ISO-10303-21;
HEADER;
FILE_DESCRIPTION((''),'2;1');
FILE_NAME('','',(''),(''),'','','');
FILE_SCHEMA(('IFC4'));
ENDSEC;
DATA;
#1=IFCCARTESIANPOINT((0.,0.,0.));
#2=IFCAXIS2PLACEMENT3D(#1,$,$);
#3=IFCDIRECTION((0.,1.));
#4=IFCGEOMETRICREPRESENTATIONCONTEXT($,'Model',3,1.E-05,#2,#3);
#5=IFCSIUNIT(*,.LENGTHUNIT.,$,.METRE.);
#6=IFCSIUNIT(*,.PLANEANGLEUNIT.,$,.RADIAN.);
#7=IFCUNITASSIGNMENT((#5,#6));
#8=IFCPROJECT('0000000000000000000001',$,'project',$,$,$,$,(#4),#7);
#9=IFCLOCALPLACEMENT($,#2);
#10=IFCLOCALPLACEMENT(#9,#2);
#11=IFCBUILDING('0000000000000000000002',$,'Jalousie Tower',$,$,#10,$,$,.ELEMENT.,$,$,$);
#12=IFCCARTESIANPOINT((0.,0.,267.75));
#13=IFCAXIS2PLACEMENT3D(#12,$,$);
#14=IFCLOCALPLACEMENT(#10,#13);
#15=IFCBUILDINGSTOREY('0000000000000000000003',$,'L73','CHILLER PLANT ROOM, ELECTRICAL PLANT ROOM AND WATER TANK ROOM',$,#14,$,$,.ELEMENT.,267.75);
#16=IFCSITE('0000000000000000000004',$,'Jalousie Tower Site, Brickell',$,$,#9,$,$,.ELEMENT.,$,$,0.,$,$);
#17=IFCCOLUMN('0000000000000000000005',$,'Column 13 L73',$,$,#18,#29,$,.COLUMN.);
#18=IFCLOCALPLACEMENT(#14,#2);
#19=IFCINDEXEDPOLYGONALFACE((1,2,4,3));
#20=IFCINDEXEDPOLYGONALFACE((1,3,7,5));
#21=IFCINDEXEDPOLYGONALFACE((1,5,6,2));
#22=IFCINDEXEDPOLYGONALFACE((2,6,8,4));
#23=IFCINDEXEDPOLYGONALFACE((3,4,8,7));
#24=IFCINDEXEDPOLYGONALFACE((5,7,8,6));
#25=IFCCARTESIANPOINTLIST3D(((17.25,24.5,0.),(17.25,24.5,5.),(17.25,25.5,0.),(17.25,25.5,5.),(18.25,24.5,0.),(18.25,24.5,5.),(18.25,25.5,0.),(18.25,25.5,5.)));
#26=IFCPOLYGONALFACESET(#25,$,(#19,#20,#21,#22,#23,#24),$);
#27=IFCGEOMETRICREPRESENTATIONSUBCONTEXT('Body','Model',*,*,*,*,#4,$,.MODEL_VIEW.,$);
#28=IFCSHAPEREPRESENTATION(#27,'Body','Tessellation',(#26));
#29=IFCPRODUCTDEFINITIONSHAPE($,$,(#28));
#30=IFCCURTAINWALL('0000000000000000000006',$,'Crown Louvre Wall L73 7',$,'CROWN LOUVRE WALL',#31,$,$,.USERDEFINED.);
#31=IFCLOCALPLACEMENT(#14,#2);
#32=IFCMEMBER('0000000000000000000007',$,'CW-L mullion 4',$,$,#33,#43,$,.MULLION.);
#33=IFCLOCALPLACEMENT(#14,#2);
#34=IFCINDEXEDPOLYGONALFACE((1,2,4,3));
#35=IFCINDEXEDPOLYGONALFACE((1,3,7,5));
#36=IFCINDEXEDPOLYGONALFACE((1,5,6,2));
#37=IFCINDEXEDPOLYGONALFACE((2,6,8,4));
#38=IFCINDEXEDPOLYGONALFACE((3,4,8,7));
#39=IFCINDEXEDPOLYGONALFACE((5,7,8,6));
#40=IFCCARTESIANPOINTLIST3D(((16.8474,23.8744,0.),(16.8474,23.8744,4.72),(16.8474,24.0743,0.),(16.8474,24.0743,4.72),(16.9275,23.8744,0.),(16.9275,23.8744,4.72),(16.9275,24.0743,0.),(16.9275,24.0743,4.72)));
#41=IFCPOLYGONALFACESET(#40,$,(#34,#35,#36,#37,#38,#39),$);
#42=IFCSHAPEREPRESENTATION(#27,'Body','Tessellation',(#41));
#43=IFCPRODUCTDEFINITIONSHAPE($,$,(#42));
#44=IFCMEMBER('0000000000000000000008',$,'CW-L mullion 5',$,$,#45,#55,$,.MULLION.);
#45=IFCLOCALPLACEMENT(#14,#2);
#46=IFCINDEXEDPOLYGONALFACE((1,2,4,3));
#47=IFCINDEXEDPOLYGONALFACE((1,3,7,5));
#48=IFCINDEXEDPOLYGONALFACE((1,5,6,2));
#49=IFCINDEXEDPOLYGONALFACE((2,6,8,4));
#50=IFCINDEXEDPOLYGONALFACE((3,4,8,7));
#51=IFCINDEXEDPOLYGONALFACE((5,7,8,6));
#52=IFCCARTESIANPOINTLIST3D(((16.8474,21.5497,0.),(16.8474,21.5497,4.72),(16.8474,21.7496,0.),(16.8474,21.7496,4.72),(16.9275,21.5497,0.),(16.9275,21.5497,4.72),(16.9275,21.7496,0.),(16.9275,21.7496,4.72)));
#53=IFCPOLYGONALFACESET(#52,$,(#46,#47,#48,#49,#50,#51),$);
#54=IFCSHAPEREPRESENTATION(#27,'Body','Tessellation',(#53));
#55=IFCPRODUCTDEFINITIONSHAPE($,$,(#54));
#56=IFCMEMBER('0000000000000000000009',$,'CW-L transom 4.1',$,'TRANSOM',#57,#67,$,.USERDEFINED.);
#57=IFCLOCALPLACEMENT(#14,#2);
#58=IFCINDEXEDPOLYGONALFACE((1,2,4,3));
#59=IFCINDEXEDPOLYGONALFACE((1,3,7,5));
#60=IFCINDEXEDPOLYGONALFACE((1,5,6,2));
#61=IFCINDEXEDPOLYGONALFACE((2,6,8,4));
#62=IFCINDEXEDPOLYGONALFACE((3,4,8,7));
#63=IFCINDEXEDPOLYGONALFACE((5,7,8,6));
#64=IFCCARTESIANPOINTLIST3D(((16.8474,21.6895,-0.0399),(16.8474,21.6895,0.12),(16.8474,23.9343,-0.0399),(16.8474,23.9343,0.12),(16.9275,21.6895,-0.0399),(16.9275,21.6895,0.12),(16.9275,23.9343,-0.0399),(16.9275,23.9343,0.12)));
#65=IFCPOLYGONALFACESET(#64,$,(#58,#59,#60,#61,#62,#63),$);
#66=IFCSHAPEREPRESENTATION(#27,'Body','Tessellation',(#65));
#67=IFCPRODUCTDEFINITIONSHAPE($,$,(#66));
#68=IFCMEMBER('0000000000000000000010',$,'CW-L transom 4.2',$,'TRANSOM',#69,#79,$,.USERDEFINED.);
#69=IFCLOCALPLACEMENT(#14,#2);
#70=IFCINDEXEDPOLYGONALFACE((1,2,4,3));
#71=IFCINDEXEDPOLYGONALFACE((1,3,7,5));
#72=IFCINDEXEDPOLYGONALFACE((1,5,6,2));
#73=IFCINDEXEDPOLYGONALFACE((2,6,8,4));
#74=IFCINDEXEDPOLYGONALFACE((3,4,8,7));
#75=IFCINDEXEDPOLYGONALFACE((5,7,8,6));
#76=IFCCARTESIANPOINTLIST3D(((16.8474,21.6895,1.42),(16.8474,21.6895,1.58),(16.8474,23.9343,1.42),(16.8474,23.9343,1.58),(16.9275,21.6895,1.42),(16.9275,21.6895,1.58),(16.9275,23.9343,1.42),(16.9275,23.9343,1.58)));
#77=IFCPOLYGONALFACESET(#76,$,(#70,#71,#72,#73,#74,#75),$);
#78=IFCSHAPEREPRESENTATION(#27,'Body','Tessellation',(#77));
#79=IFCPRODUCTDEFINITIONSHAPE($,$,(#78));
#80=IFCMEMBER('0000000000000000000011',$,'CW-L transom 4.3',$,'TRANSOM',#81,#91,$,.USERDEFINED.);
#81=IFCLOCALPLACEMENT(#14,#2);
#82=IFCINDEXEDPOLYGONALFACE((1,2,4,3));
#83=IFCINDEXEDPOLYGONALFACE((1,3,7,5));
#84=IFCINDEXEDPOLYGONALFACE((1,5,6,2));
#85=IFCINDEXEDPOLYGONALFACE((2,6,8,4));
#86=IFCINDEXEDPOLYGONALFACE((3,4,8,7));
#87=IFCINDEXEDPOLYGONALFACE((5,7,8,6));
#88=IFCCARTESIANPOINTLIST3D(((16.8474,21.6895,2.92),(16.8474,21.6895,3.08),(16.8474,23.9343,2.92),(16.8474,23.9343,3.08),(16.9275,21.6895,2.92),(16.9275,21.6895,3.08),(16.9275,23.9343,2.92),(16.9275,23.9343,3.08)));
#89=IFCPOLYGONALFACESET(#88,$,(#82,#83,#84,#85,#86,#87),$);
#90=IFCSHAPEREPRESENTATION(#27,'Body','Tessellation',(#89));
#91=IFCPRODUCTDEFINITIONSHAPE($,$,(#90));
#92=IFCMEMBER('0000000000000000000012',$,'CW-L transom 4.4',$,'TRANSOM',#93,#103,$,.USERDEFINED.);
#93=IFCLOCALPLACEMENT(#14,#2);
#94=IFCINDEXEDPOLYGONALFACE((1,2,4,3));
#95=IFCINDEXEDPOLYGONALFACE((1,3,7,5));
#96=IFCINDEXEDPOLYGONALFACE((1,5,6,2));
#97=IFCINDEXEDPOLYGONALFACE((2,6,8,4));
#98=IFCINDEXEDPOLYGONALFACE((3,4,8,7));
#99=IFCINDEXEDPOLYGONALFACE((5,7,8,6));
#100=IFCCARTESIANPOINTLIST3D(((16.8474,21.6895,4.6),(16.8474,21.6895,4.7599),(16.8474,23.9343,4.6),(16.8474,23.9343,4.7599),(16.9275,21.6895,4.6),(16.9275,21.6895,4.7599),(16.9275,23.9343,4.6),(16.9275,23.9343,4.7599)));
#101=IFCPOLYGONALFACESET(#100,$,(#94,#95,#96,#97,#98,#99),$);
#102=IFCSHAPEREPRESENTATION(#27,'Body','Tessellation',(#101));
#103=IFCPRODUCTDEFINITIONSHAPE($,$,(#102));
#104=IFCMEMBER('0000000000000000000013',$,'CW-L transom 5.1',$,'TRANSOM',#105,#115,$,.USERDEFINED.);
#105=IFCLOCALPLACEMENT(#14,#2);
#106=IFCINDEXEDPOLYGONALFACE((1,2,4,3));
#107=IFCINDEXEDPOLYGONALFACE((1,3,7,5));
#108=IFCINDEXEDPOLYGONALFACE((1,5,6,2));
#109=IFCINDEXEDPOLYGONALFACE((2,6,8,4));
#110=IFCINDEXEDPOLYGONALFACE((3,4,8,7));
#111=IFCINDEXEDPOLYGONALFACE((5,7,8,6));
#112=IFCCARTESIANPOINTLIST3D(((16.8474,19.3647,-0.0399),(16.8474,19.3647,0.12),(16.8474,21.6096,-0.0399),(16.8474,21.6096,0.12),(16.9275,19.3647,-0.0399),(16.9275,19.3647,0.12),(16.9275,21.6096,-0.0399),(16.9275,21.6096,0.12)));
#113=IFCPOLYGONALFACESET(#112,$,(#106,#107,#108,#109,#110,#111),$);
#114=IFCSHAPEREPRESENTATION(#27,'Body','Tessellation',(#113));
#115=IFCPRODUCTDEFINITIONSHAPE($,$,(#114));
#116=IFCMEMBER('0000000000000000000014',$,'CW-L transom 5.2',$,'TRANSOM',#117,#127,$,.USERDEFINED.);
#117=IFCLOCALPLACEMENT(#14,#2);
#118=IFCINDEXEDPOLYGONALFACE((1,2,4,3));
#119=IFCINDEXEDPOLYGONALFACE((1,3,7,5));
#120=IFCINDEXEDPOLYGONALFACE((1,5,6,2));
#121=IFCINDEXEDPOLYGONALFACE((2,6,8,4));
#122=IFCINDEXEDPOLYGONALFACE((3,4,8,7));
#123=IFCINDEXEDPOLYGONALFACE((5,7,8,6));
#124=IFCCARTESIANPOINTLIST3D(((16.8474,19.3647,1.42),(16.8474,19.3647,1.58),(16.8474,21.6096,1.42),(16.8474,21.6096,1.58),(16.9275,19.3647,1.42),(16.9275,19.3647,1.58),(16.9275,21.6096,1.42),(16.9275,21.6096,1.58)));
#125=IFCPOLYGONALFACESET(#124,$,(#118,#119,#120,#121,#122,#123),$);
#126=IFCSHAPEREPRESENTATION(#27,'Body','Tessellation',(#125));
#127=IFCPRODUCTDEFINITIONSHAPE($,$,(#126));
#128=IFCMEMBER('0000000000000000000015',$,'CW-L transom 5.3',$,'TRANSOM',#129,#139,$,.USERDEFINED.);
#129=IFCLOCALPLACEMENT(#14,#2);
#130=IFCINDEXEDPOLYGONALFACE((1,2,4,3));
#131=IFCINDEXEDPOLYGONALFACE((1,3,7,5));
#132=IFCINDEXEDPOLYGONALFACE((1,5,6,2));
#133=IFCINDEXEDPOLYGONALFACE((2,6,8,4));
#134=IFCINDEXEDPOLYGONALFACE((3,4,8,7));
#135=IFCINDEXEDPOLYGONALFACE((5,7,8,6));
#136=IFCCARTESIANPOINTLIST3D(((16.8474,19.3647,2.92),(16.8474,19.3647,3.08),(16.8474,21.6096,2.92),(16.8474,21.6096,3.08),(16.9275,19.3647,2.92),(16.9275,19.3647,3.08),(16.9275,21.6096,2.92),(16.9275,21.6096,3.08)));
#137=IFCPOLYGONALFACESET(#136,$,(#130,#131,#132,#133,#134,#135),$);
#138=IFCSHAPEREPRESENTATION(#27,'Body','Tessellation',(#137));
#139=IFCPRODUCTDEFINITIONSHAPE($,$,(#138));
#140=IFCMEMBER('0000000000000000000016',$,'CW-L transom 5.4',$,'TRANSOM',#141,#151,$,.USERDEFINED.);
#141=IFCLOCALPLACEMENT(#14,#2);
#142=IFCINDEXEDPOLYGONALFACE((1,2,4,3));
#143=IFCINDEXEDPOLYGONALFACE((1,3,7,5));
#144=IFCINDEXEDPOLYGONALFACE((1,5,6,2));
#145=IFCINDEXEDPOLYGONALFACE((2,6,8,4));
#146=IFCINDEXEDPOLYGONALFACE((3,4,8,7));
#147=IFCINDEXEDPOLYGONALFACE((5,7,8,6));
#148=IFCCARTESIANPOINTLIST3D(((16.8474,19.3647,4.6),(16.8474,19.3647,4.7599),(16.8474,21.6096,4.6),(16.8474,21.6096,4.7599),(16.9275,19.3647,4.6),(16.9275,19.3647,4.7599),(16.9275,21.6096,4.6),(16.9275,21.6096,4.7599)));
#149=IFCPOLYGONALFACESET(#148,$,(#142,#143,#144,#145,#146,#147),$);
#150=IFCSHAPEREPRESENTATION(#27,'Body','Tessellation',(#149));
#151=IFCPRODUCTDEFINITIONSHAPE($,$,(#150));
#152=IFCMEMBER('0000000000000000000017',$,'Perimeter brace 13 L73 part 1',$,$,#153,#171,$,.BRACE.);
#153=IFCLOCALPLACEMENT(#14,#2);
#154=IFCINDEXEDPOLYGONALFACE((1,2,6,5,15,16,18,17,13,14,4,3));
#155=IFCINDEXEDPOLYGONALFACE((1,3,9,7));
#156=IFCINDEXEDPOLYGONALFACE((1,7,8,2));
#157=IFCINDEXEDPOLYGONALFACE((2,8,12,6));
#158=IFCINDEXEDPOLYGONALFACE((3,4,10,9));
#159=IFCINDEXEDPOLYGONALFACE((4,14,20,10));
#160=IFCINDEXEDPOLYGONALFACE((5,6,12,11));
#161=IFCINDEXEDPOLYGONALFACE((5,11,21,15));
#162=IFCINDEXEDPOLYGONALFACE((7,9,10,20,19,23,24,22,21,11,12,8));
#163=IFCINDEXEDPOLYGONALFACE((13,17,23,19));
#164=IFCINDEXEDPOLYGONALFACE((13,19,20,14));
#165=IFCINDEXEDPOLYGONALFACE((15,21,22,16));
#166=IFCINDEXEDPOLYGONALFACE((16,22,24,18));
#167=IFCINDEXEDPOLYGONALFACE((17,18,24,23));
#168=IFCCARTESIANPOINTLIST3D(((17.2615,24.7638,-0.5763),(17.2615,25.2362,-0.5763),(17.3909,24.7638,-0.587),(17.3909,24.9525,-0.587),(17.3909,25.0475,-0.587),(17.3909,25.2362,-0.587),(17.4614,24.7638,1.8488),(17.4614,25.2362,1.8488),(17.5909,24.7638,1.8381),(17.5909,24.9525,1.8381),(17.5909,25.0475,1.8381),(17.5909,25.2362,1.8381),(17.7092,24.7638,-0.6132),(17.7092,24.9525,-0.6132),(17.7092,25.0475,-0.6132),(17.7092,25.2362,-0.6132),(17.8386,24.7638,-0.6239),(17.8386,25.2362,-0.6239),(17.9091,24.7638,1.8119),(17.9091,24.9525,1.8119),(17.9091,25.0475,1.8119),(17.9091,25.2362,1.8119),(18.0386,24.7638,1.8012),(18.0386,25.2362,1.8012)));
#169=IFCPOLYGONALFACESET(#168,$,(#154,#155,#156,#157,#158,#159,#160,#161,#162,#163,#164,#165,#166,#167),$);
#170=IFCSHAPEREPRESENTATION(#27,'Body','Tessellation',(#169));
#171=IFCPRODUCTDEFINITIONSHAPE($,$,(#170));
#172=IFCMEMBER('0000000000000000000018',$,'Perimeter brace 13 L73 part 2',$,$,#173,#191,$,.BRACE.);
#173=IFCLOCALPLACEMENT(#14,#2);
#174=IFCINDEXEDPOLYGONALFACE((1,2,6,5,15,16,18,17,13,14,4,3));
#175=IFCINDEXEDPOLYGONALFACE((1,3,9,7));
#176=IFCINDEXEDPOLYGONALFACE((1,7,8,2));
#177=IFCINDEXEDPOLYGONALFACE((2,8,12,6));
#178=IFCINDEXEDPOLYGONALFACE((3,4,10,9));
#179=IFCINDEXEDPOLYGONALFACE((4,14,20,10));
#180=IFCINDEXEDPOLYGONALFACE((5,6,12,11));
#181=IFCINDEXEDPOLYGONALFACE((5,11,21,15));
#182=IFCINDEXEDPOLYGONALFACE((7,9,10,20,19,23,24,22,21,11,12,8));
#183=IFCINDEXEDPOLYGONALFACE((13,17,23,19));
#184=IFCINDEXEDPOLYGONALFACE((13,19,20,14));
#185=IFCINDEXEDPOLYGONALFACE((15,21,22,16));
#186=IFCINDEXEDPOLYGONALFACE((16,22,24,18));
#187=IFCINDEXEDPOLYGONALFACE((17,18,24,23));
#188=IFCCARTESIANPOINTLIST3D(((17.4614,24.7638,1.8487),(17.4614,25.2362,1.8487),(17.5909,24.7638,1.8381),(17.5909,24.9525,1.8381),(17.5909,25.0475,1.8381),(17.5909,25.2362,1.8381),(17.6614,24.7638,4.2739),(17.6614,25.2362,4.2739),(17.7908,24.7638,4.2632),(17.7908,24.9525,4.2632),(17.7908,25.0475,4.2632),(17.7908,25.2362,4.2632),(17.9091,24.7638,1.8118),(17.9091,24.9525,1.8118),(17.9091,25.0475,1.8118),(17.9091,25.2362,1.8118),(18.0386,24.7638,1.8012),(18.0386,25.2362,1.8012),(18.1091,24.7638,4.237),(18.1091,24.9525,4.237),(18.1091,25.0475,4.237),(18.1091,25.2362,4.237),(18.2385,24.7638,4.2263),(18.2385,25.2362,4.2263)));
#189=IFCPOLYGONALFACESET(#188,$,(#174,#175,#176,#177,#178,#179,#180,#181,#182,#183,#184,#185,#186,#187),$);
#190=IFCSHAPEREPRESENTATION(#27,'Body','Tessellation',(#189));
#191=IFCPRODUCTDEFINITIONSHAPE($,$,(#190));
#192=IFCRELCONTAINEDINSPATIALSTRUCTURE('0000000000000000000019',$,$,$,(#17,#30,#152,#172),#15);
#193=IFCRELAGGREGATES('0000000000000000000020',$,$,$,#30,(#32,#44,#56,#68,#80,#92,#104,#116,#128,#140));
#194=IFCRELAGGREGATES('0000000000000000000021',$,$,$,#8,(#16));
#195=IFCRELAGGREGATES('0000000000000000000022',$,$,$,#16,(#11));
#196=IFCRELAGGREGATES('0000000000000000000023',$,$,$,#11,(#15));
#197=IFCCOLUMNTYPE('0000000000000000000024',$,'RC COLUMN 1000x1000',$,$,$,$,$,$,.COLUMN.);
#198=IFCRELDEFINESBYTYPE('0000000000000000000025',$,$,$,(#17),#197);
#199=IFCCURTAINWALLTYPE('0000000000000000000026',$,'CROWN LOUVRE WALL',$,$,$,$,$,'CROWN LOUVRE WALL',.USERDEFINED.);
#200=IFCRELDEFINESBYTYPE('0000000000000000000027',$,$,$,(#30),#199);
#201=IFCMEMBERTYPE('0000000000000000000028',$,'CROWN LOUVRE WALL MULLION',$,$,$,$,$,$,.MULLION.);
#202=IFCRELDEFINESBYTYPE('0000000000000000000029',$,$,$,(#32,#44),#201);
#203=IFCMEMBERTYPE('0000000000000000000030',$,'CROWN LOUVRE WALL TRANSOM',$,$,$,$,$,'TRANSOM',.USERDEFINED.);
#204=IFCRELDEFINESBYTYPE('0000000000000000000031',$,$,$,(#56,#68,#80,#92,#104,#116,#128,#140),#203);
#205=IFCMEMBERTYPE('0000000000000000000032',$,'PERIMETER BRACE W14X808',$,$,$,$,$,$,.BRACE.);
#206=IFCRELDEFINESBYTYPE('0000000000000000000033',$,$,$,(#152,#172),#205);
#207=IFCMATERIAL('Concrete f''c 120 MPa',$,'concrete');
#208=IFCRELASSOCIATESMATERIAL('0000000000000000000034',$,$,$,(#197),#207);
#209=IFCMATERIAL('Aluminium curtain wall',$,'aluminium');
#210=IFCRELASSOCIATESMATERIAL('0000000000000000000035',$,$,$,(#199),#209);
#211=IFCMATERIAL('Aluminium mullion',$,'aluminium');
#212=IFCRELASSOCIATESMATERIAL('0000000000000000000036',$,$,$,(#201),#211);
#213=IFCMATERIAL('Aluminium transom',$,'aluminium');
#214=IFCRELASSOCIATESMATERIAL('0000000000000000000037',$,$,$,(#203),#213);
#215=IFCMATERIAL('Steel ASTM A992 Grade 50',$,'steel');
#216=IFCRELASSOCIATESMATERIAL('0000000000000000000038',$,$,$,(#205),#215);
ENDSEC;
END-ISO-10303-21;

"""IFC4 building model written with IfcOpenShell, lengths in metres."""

from ifc_helpers import new_model, si_unit, direction, frame, origin, origin_2d, place, context, subcontext, project, spatial, rectangle, i_section, extrude, material, material_profile, profile_set, type_object, element, aggregate, save


model = new_model("IFC4")

# Units and contexts
model_context = context("Model", 3, precision=1e-05, world=origin(), true_north=direction((0.0, 1.0)))
body_context = subcontext(model_context, "Body", "Model", "MODEL_VIEW")
ifc_project = project(units=[si_unit("LENGTHUNIT", "METRE"), si_unit("PLANEANGLEUNIT", "RADIAN")], contexts=[model_context])

# Site, building, storey
site_placement = place(None, origin())
site = spatial("IfcSite", under=ifc_project, at=site_placement, Name="Jalousie Tower Site, Brickell", CompositionType="ELEMENT", RefElevation=0.0)
building_placement = place(site_placement, origin())
building = spatial("IfcBuilding", under=site, at=building_placement, Name="Jalousie Tower", CompositionType="ELEMENT")
storey_placement = place(building_placement, frame((0.0, 0.0, 267.75)))
storey = spatial("IfcBuildingStorey", under=building, at=storey_placement, Name="L73", Description="CHILLER PLANT ROOM, ELECTRICAL PLANT ROOM AND WATER TANK ROOM", CompositionType="ELEMENT", Elevation=267.75)

# Column
ifc_material_1 = material(Name="Concrete f'c 120 MPa", Category="concrete")
ifc_material_profile_1 = material_profile(ifc_material_1, rectangle(XDim=1.0, YDim=1.0, at=origin_2d()), Name="RC 1000x1000")
ifc_profile_set_1 = profile_set([ifc_material_profile_1], Name="Concrete f'c 120 MPa")
column_type = type_object("IfcColumnType", Name="RC COLUMN 1000x1000", PredefinedType="COLUMN", material=ifc_profile_set_1)
column_placement = place(storey_placement, frame((17.75, 25.0, 0.0), z_axis=(0.0, 0.0, 1.0), x_axis=(1.0, 0.0, 0.0)))
element("IfcColumn", 1, at=column_placement, inside=storey, type_object=column_type, Name="Column 13 L73", PredefinedType="COLUMN", context=body_context, shape_type="SweptSolid", body=[
    extrude(rectangle(XDim=1.0, YDim=1.0, at=origin_2d()), origin(), (0.0, 0.0, 1.0), 5.0),
])

# Curtain wall, members
ifc_material_2 = material(Name="Aluminium curtain wall", Category="aluminium")
curtain_wall_type = type_object("IfcCurtainWallType", Name="CROWN LOUVRE WALL", ElementType="CROWN LOUVRE WALL", PredefinedType="USERDEFINED", material=ifc_material_2)
curtain_wall_placement = place(storey_placement, origin())
curtain_wall = element("IfcCurtainWall", 2, at=curtain_wall_placement, inside=storey, type_object=curtain_wall_type, Name="Crown Louvre Wall L73 7", ObjectType="CROWN LOUVRE WALL", PredefinedType="USERDEFINED")
ifc_material_3 = material(Name="Aluminium mullion", Category="aluminium")
ifc_material_profile_2 = material_profile(ifc_material_3, rectangle(XDim=0.0801, YDim=0.2, at=origin_2d()), Name="MULLION 80x200")
ifc_profile_set_2 = profile_set([ifc_material_profile_2], Name="Aluminium mullion")
member_type_1 = type_object("IfcMemberType", Name="CROWN LOUVRE WALL MULLION", PredefinedType="MULLION", material=ifc_profile_set_2)
member_1_placement = place(storey_placement, frame((16.8875, 23.9744, 0.0), z_axis=(0.0, 0.0, 1.0), x_axis=(1.0, 0.0, 0.0)))
member_1 = element("IfcMember", 3, at=member_1_placement, type_object=member_type_1, Name="CW-L mullion 4", PredefinedType="MULLION", context=body_context, shape_type="SweptSolid", body=[
    extrude(rectangle(XDim=0.0801, YDim=0.2, at=origin_2d()), origin(), (0.0, 0.0, 1.0), 4.72),
])
member_2_placement = place(storey_placement, frame((16.8875, 21.6497, 0.0), z_axis=(0.0, 0.0, 1.0), x_axis=(1.0, 0.0, 0.0)))
member_2 = element("IfcMember", 4, at=member_2_placement, type_object=member_type_1, Name="CW-L mullion 5", PredefinedType="MULLION", context=body_context, shape_type="SweptSolid", body=[
    extrude(rectangle(XDim=0.0801, YDim=0.2, at=origin_2d()), origin(), (0.0, 0.0, 1.0), 4.72),
])
ifc_material_4 = material(Name="Aluminium transom", Category="aluminium")
ifc_material_profile_3 = material_profile(ifc_material_4, rectangle(XDim=0.0801, YDim=0.1599, at=origin_2d()), Name="TRANSOM 80x160")
ifc_profile_set_3 = profile_set([ifc_material_profile_3], Name="Aluminium transom")
member_type_2 = type_object("IfcMemberType", Name="CROWN LOUVRE WALL TRANSOM", ElementType="TRANSOM", PredefinedType="USERDEFINED", material=ifc_profile_set_3)
member_3_placement = place(storey_placement, frame((16.8875, 23.9343, 0.04), z_axis=(0.0, -1.0, 0.0), x_axis=(1.0, 0.0, 0.0)))
member_3 = element("IfcMember", 5, at=member_3_placement, type_object=member_type_2, Name="CW-L transom 4.1", ObjectType="TRANSOM", PredefinedType="USERDEFINED", context=body_context, shape_type="SweptSolid", body=[
    extrude(rectangle(XDim=0.0801, YDim=0.1599, at=origin_2d()), origin(), (0.0, 0.0, 1.0), 2.2449),
])
member_4_placement = place(storey_placement, frame((16.8875, 23.9343, 1.5), z_axis=(0.0, -1.0, 0.0), x_axis=(1.0, 0.0, 0.0)))
member_4 = element("IfcMember", 6, at=member_4_placement, type_object=member_type_2, Name="CW-L transom 4.2", ObjectType="TRANSOM", PredefinedType="USERDEFINED", context=body_context, shape_type="SweptSolid", body=[
    extrude(rectangle(XDim=0.0801, YDim=0.1599, at=origin_2d()), origin(), (0.0, 0.0, 1.0), 2.2449),
])
member_5_placement = place(storey_placement, frame((16.8875, 23.9343, 3.0), z_axis=(0.0, -1.0, 0.0), x_axis=(1.0, 0.0, 0.0)))
member_5 = element("IfcMember", 7, at=member_5_placement, type_object=member_type_2, Name="CW-L transom 4.3", ObjectType="TRANSOM", PredefinedType="USERDEFINED", context=body_context, shape_type="SweptSolid", body=[
    extrude(rectangle(XDim=0.0801, YDim=0.1599, at=origin_2d()), origin(), (0.0, 0.0, 1.0), 2.2449),
])
member_6_placement = place(storey_placement, frame((16.8875, 23.9343, 4.6799), z_axis=(0.0, -1.0, 0.0), x_axis=(1.0, 0.0, 0.0)))
member_6 = element("IfcMember", 8, at=member_6_placement, type_object=member_type_2, Name="CW-L transom 4.4", ObjectType="TRANSOM", PredefinedType="USERDEFINED", context=body_context, shape_type="SweptSolid", body=[
    extrude(rectangle(XDim=0.0801, YDim=0.1599, at=origin_2d()), origin(), (0.0, 0.0, 1.0), 2.2449),
])
member_7_placement = place(storey_placement, frame((16.8875, 21.6096, 0.04), z_axis=(0.0, -1.0, 0.0), x_axis=(1.0, 0.0, 0.0)))
member_7 = element("IfcMember", 9, at=member_7_placement, type_object=member_type_2, Name="CW-L transom 5.1", ObjectType="TRANSOM", PredefinedType="USERDEFINED", context=body_context, shape_type="SweptSolid", body=[
    extrude(rectangle(XDim=0.0801, YDim=0.1599, at=origin_2d()), origin(), (0.0, 0.0, 1.0), 2.2449),
])
member_8_placement = place(storey_placement, frame((16.8875, 21.6096, 1.5), z_axis=(0.0, -1.0, 0.0), x_axis=(1.0, 0.0, 0.0)))
member_8 = element("IfcMember", 10, at=member_8_placement, type_object=member_type_2, Name="CW-L transom 5.2", ObjectType="TRANSOM", PredefinedType="USERDEFINED", context=body_context, shape_type="SweptSolid", body=[
    extrude(rectangle(XDim=0.0801, YDim=0.1599, at=origin_2d()), origin(), (0.0, 0.0, 1.0), 2.2449),
])
member_9_placement = place(storey_placement, frame((16.8875, 21.6096, 3.0), z_axis=(0.0, -1.0, 0.0), x_axis=(1.0, 0.0, 0.0)))
member_9 = element("IfcMember", 11, at=member_9_placement, type_object=member_type_2, Name="CW-L transom 5.3", ObjectType="TRANSOM", PredefinedType="USERDEFINED", context=body_context, shape_type="SweptSolid", body=[
    extrude(rectangle(XDim=0.0801, YDim=0.1599, at=origin_2d()), origin(), (0.0, 0.0, 1.0), 2.2449),
])
member_10_placement = place(storey_placement, frame((16.8875, 21.6096, 4.6799), z_axis=(0.0, -1.0, 0.0), x_axis=(1.0, 0.0, 0.0)))
member_10 = element("IfcMember", 12, at=member_10_placement, type_object=member_type_2, Name="CW-L transom 5.4", ObjectType="TRANSOM", PredefinedType="USERDEFINED", context=body_context, shape_type="SweptSolid", body=[
    extrude(rectangle(XDim=0.0801, YDim=0.1599, at=origin_2d()), origin(), (0.0, 0.0, 1.0), 2.2449),
])

# Members
ifc_material_5 = material(Name="Steel ASTM A992 Grade 50", Category="steel")
ifc_material_profile_4 = material_profile(ifc_material_5, i_section(OverallWidth=0.4724, OverallDepth=0.5791, WebThickness=0.095, FlangeThickness=0.1299, at=origin_2d()), Name="W14X808")
ifc_profile_set_4 = profile_set([ifc_material_profile_4], Name="Steel ASTM A992 Grade 50")
member_type_3 = type_object("IfcMemberType", Name="PERIMETER BRACE W14X808", PredefinedType="BRACE", material=ifc_profile_set_4)
for number, where, z_axis, x_axis, name in (
    (13, (17.55, 25.0, -0.6001), (0.082174, 0.0, 0.996618), (0.0, 1.0, 0.0), "Perimeter brace 13 L73 part 1"),
    (14, (17.75, 25.0, 1.825), (0.082174, 0.0, 0.996618), (0.0, 1.0, 0.0), "Perimeter brace 13 L73 part 2"),
):
    element("IfcMember", number, at=place(storey_placement, frame(where, z_axis=z_axis, x_axis=x_axis)), inside=storey, type_object=member_type_3, Name=name, PredefinedType="BRACE", context=body_context, shape_type="SweptSolid", body=[
        extrude(i_section(OverallWidth=0.4724, OverallDepth=0.5791, WebThickness=0.095, FlangeThickness=0.1299, at=origin_2d()), origin(), (0.0, 0.0, 1.0), 2.4333),
    ])

aggregate(curtain_wall, [member_1, member_2, member_3, member_4, member_5, member_6, member_7, member_8, member_9, member_10])

save(model, "model.ifc")
